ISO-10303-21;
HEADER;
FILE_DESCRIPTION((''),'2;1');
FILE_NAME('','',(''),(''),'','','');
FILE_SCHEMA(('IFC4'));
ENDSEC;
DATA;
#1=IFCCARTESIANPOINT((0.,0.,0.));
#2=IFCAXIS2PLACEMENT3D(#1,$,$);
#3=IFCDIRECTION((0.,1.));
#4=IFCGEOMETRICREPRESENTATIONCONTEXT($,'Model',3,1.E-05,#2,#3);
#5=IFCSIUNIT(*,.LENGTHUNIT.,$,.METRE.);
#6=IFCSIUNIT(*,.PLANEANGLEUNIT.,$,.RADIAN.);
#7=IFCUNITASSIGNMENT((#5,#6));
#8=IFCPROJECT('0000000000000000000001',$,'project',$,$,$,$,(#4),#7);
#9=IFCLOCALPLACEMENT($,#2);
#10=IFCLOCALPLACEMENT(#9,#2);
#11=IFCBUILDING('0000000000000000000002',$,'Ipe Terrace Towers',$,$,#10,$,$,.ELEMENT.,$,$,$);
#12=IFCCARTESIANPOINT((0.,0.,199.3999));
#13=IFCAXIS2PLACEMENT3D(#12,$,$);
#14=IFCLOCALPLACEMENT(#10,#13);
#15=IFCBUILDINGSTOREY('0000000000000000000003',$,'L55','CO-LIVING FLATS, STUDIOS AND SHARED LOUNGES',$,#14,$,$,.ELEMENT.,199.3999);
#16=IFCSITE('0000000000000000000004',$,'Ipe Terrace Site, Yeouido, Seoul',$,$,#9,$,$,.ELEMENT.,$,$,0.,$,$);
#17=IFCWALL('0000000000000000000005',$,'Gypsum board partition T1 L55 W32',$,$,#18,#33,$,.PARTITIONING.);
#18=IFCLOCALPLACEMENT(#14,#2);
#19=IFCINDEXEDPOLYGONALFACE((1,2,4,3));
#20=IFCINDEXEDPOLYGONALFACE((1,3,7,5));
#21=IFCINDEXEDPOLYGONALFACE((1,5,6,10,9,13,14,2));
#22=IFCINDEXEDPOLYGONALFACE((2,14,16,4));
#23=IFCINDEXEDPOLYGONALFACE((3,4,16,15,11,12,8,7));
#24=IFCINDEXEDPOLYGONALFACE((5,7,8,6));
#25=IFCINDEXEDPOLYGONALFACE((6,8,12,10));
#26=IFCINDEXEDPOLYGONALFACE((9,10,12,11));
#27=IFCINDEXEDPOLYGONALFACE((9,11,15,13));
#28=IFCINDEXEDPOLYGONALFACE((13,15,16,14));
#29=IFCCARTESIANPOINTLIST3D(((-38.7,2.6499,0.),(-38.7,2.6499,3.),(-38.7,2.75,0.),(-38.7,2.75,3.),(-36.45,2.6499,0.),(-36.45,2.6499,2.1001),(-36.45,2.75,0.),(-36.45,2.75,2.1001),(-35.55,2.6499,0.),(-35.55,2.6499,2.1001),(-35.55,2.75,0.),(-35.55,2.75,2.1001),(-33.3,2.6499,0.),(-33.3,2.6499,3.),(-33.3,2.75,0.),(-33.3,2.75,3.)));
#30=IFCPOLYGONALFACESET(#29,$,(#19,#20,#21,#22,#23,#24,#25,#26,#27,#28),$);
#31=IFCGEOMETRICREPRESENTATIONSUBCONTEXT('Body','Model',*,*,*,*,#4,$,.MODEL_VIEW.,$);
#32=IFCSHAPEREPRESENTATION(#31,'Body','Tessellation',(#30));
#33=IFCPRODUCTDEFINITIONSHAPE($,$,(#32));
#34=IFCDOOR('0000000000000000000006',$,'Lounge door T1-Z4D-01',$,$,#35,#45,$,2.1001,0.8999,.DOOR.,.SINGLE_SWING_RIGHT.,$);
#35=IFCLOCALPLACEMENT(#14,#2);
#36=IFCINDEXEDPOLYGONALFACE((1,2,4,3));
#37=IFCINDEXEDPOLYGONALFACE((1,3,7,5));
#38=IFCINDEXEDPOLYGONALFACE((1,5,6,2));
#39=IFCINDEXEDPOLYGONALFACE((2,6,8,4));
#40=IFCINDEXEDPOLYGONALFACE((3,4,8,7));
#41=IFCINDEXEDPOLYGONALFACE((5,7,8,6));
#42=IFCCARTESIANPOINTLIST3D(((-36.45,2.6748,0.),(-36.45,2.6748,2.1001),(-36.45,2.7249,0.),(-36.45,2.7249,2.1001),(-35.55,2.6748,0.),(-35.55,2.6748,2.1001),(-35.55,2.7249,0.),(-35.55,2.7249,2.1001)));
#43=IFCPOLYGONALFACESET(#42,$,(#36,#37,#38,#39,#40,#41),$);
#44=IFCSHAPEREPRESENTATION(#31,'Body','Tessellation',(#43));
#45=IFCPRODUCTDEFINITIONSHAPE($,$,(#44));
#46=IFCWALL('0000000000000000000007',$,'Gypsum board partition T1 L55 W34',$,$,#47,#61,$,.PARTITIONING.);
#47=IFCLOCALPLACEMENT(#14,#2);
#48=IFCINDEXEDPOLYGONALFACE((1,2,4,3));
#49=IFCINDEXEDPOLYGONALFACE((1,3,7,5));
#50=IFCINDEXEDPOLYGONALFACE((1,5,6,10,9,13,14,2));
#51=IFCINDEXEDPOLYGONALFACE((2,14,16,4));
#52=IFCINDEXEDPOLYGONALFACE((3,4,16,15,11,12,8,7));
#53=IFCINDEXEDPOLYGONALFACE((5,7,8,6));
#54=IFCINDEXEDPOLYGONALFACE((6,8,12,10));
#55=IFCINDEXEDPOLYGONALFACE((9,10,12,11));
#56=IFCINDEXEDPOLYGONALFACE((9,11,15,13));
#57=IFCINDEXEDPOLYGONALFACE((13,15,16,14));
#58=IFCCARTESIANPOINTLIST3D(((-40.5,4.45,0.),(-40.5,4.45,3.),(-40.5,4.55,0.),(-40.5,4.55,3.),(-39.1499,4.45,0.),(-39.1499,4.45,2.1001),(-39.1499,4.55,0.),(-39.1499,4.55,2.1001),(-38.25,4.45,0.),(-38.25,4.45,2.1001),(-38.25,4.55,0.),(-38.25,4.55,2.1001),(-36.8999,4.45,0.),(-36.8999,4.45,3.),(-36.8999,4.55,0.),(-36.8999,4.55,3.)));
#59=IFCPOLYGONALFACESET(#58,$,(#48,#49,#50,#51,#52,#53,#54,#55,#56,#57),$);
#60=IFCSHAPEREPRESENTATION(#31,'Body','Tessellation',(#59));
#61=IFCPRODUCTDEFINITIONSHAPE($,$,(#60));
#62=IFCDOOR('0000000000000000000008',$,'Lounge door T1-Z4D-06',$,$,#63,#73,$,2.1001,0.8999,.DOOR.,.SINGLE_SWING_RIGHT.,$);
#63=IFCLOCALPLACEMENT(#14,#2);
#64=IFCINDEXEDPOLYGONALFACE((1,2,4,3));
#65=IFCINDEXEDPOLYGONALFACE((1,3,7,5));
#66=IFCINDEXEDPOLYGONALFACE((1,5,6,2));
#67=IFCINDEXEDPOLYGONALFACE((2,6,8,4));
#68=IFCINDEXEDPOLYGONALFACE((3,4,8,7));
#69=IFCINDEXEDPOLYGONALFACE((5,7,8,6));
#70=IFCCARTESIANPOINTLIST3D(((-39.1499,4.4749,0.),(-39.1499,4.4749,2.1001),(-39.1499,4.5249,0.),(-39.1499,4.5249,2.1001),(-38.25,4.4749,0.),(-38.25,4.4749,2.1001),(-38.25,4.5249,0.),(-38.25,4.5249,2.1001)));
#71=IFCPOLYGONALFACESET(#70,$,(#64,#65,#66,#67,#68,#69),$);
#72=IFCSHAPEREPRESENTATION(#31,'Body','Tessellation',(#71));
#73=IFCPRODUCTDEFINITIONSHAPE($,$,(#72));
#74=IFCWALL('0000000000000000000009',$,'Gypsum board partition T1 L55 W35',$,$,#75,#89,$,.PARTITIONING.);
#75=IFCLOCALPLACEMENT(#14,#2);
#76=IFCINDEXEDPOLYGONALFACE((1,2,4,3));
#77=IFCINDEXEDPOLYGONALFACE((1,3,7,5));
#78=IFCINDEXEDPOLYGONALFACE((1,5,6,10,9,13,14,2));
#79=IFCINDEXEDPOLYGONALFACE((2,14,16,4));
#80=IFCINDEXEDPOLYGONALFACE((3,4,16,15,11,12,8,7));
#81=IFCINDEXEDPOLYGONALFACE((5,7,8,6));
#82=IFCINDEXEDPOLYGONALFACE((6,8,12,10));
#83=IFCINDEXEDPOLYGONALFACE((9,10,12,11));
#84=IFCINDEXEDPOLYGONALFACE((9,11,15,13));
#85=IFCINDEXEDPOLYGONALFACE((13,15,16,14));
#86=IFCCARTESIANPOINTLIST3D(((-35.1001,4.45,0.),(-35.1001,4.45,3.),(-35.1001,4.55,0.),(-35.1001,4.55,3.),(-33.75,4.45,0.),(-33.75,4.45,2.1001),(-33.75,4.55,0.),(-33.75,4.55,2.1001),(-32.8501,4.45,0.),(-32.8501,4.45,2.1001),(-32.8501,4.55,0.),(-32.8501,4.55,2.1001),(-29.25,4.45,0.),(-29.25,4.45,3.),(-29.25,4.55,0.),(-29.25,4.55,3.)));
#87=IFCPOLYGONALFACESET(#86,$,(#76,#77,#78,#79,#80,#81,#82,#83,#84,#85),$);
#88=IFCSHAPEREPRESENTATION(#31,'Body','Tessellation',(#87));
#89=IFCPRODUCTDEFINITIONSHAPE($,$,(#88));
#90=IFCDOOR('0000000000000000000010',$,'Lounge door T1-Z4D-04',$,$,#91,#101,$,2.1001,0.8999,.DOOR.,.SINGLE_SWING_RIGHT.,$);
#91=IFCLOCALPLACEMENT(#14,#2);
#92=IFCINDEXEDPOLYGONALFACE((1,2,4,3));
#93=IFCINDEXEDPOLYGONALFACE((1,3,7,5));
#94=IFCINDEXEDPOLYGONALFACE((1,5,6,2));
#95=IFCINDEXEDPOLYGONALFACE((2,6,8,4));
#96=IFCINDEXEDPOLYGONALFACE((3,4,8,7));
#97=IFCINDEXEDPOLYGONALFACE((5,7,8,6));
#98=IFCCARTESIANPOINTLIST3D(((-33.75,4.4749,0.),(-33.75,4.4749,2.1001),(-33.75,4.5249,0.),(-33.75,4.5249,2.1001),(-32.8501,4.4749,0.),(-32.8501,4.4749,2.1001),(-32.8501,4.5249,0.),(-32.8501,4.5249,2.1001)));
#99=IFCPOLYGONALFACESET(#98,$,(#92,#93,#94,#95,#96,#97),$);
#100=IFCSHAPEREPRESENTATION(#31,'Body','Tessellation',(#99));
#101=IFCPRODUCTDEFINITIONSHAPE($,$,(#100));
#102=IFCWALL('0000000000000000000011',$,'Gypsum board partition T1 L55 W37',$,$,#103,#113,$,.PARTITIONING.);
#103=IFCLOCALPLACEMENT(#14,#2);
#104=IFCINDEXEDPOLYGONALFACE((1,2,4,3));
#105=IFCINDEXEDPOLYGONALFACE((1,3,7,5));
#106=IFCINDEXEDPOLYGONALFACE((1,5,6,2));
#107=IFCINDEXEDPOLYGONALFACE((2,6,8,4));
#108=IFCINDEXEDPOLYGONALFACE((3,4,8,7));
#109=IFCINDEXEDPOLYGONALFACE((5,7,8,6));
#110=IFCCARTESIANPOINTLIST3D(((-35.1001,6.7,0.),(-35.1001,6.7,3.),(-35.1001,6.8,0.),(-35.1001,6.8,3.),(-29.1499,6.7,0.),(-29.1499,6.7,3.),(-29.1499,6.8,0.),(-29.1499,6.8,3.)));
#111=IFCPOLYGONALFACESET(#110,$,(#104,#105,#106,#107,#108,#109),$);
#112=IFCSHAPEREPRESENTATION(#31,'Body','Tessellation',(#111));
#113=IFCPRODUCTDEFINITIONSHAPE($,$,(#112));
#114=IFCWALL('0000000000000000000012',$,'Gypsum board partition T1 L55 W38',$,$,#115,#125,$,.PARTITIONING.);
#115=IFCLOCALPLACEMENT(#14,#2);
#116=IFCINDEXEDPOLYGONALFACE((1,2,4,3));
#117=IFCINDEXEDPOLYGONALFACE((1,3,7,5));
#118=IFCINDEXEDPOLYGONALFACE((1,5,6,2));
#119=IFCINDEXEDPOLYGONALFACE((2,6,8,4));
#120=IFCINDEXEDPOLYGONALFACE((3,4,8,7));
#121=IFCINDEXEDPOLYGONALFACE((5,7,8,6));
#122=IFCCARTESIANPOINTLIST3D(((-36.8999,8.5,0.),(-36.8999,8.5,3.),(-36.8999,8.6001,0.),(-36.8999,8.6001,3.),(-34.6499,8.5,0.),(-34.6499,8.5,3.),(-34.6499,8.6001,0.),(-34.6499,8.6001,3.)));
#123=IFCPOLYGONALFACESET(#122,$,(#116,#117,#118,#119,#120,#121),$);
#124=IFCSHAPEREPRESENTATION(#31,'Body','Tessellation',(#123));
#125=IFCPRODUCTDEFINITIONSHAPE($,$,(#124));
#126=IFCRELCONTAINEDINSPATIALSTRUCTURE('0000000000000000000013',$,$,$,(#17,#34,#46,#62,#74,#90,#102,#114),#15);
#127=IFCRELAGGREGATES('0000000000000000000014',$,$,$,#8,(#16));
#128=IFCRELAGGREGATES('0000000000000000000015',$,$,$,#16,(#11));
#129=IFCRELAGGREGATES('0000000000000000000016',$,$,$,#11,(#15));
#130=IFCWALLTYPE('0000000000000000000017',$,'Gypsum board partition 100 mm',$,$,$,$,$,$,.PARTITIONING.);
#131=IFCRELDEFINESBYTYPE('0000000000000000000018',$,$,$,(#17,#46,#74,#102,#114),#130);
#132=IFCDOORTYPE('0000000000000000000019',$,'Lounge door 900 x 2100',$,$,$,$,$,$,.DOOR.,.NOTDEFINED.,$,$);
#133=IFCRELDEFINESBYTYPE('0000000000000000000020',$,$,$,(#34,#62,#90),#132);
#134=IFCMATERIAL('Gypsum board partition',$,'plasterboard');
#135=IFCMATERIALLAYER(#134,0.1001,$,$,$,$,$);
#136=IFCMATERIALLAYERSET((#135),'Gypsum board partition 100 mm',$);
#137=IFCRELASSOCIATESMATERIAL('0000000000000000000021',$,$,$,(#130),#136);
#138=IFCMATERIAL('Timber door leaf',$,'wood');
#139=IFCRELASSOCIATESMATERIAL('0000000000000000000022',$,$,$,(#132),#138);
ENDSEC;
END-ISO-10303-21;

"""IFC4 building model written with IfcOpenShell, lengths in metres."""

from ifc_helpers import new_model, si_unit, direction, frame, frame_2d, origin, place, context, subcontext, project, spatial, rectangle, extrude, material, layer, layer_set, type_object, element, fill, save


model = new_model("IFC4")

# Units and contexts
model_context = context("Model", 3, precision=1e-05, world=origin(), true_north=direction((0.0, 1.0)))
body_context = subcontext(model_context, "Body", "Model", "MODEL_VIEW")
ifc_project = project(units=[si_unit("LENGTHUNIT", "METRE"), si_unit("PLANEANGLEUNIT", "RADIAN")], contexts=[model_context])

# Site, building, storey
site_placement = place(None, origin())
site = spatial("IfcSite", under=ifc_project, at=site_placement, Name="Ipe Terrace Site, Yeouido, Seoul", CompositionType="ELEMENT", RefElevation=0.0)
building_placement = place(site_placement, origin())
building = spatial("IfcBuilding", under=site, at=building_placement, Name="Ipe Terrace Towers", CompositionType="ELEMENT")
storey_placement = place(building_placement, frame((0.0, 0.0, 199.3999)))
storey = spatial("IfcBuildingStorey", under=building, at=storey_placement, Name="L55", Description="CO-LIVING FLATS, STUDIOS AND SHARED LOUNGES", CompositionType="ELEMENT", Elevation=199.3999)

# Shared definitions
ifc_material_1 = material(Name="Gypsum board partition", Category="plasterboard")
ifc_layer_1 = layer(ifc_material_1, 0.1001)
ifc_layer_set_1 = layer_set([ifc_layer_1], Name="Gypsum board partition 100 mm")
wall_type_1 = type_object("IfcWallType", Name="Gypsum board partition 100 mm", PredefinedType="PARTITIONING", material=ifc_layer_set_1)
ifc_material_2 = material(Name="Timber door leaf", Category="wood")
door_type = type_object("IfcDoorType", Name="Lounge door 900 x 2100", OperationType="NOTDEFINED", PredefinedType="DOOR", material=ifc_material_2)

# Walls, openings, doors
wall_1_placement = place(storey_placement, frame((-38.7, 2.7, 0.0), z_axis=(0.0, 0.0, 1.0), x_axis=(1.0, 0.0, 0.0)))
wall_1 = element("IfcWall", 1, at=wall_1_placement, inside=storey, type_object=wall_type_1, Name="Gypsum board partition T1 L55 W32", PredefinedType="PARTITIONING", context=body_context, shape_type="SweptSolid", body=[
    extrude(rectangle(XDim=5.3999, YDim=0.1001, at=frame_2d((2.7, 0.0))), origin(), (0.0, 0.0, 1.0), 3.0),
])
opening_1_placement = place(wall_1_placement, frame((2.25, 0.0, 0.0)))
opening_1 = element("IfcOpeningElement", 2, at=opening_1_placement, cuts=wall_1, PredefinedType="OPENING", context=body_context, shape_type="SweptSolid", body=[
    extrude(rectangle(XDim=0.8999, YDim=2.1001, at=frame_2d((0.45, 1.05))), frame((0.0, 0.0601, 0.0), z_axis=(0.0, -1.0, 0.0), x_axis=(1.0, 0.0, 0.0)), (0.0, 0.0, 1.0), 0.1201),
])
door_1_placement = place(opening_1_placement, origin())
door_1 = element("IfcDoor", 3, at=door_1_placement, inside=storey, type_object=door_type, Name="Lounge door T1-Z4D-01", OperationType="SINGLE_SWING_RIGHT", OverallHeight=2.1001, OverallWidth=0.8999, PredefinedType="DOOR", context=body_context, shape_type="SweptSolid", body=[
    extrude(rectangle(XDim=0.8999, YDim=2.1001, at=frame_2d((0.45, 1.05))), frame((0.0, 0.0249, 0.0), z_axis=(0.0, -1.0, 0.0), x_axis=(1.0, 0.0, 0.0)), (0.0, 0.0, 1.0), 0.05),
])
fill(opening_1, door_1)
wall_2_placement = place(storey_placement, frame((-40.5, 4.5, 0.0), z_axis=(0.0, 0.0, 1.0), x_axis=(1.0, 0.0, 0.0)))
wall_2 = element("IfcWall", 4, at=wall_2_placement, inside=storey, type_object=wall_type_1, Name="Gypsum board partition T1 L55 W34", PredefinedType="PARTITIONING", context=body_context, shape_type="SweptSolid", body=[
    extrude(rectangle(XDim=3.6001, YDim=0.1001, at=frame_2d((1.8, 0.0))), origin(), (0.0, 0.0, 1.0), 3.0),
])
opening_2_placement = place(wall_2_placement, frame((1.3501, 0.0, 0.0)))
opening_2 = element("IfcOpeningElement", 5, at=opening_2_placement, cuts=wall_2, PredefinedType="OPENING", context=body_context, shape_type="SweptSolid", body=[
    extrude(rectangle(XDim=0.8999, YDim=2.1001, at=frame_2d((0.45, 1.05))), frame((0.0, 0.0601, 0.0), z_axis=(0.0, -1.0, 0.0), x_axis=(1.0, 0.0, 0.0)), (0.0, 0.0, 1.0), 0.1201),
])
door_2_placement = place(opening_2_placement, origin())
door_2 = element("IfcDoor", 6, at=door_2_placement, inside=storey, type_object=door_type, Name="Lounge door T1-Z4D-06", OperationType="SINGLE_SWING_RIGHT", OverallHeight=2.1001, OverallWidth=0.8999, PredefinedType="DOOR", context=body_context, shape_type="SweptSolid", body=[
    extrude(rectangle(XDim=0.8999, YDim=2.1001, at=frame_2d((0.45, 1.05))), frame((0.0, 0.0249, 0.0), z_axis=(0.0, -1.0, 0.0), x_axis=(1.0, 0.0, 0.0)), (0.0, 0.0, 1.0), 0.05),
])
fill(opening_2, door_2)
wall_3_placement = place(storey_placement, frame((-35.1001, 4.5, 0.0), z_axis=(0.0, 0.0, 1.0), x_axis=(1.0, 0.0, 0.0)))
wall_3 = element("IfcWall", 7, at=wall_3_placement, inside=storey, type_object=wall_type_1, Name="Gypsum board partition T1 L55 W35", PredefinedType="PARTITIONING", context=body_context, shape_type="SweptSolid", body=[
    extrude(rectangle(XDim=5.8501, YDim=0.1001, at=frame_2d((2.925, 0.0))), origin(), (0.0, 0.0, 1.0), 3.0),
])
opening_3_placement = place(wall_3_placement, frame((1.3501, 0.0, 0.0)))
opening_3 = element("IfcOpeningElement", 8, at=opening_3_placement, cuts=wall_3, PredefinedType="OPENING", context=body_context, shape_type="SweptSolid", body=[
    extrude(rectangle(XDim=0.8999, YDim=2.1001, at=frame_2d((0.45, 1.05))), frame((0.0, 0.0601, 0.0), z_axis=(0.0, -1.0, 0.0), x_axis=(1.0, 0.0, 0.0)), (0.0, 0.0, 1.0), 0.1201),
])
door_3_placement = place(opening_3_placement, origin())
door_3 = element("IfcDoor", 9, at=door_3_placement, inside=storey, type_object=door_type, Name="Lounge door T1-Z4D-04", OperationType="SINGLE_SWING_RIGHT", OverallHeight=2.1001, OverallWidth=0.8999, PredefinedType="DOOR", context=body_context, shape_type="SweptSolid", body=[
    extrude(rectangle(XDim=0.8999, YDim=2.1001, at=frame_2d((0.45, 1.05))), frame((0.0, 0.0249, 0.0), z_axis=(0.0, -1.0, 0.0), x_axis=(1.0, 0.0, 0.0)), (0.0, 0.0, 1.0), 0.05),
])
fill(opening_3, door_3)

# Walls
wall_4_placement = place(storey_placement, frame((-35.1001, 6.75, 0.0), z_axis=(0.0, 0.0, 1.0), x_axis=(1.0, 0.0, 0.0)))
element("IfcWall", 10, at=wall_4_placement, inside=storey, type_object=wall_type_1, Name="Gypsum board partition T1 L55 W37", PredefinedType="PARTITIONING", context=body_context, shape_type="SweptSolid", body=[
    extrude(rectangle(XDim=5.9502, YDim=0.1001, at=frame_2d((2.9751, 0.0))), origin(), (0.0, 0.0, 1.0), 3.0),
])
wall_5_placement = place(storey_placement, frame((-36.8999, 8.55, 0.0), z_axis=(0.0, 0.0, 1.0), x_axis=(1.0, 0.0, 0.0)))
element("IfcWall", 11, at=wall_5_placement, inside=storey, type_object=wall_type_1, Name="Gypsum board partition T1 L55 W38", PredefinedType="PARTITIONING", context=body_context, shape_type="SweptSolid", body=[
    extrude(rectangle(XDim=2.25, YDim=0.1001, at=frame_2d((1.125, 0.0))), origin(), (0.0, 0.0, 1.0), 3.0),
])

save(model, "model.ifc")
